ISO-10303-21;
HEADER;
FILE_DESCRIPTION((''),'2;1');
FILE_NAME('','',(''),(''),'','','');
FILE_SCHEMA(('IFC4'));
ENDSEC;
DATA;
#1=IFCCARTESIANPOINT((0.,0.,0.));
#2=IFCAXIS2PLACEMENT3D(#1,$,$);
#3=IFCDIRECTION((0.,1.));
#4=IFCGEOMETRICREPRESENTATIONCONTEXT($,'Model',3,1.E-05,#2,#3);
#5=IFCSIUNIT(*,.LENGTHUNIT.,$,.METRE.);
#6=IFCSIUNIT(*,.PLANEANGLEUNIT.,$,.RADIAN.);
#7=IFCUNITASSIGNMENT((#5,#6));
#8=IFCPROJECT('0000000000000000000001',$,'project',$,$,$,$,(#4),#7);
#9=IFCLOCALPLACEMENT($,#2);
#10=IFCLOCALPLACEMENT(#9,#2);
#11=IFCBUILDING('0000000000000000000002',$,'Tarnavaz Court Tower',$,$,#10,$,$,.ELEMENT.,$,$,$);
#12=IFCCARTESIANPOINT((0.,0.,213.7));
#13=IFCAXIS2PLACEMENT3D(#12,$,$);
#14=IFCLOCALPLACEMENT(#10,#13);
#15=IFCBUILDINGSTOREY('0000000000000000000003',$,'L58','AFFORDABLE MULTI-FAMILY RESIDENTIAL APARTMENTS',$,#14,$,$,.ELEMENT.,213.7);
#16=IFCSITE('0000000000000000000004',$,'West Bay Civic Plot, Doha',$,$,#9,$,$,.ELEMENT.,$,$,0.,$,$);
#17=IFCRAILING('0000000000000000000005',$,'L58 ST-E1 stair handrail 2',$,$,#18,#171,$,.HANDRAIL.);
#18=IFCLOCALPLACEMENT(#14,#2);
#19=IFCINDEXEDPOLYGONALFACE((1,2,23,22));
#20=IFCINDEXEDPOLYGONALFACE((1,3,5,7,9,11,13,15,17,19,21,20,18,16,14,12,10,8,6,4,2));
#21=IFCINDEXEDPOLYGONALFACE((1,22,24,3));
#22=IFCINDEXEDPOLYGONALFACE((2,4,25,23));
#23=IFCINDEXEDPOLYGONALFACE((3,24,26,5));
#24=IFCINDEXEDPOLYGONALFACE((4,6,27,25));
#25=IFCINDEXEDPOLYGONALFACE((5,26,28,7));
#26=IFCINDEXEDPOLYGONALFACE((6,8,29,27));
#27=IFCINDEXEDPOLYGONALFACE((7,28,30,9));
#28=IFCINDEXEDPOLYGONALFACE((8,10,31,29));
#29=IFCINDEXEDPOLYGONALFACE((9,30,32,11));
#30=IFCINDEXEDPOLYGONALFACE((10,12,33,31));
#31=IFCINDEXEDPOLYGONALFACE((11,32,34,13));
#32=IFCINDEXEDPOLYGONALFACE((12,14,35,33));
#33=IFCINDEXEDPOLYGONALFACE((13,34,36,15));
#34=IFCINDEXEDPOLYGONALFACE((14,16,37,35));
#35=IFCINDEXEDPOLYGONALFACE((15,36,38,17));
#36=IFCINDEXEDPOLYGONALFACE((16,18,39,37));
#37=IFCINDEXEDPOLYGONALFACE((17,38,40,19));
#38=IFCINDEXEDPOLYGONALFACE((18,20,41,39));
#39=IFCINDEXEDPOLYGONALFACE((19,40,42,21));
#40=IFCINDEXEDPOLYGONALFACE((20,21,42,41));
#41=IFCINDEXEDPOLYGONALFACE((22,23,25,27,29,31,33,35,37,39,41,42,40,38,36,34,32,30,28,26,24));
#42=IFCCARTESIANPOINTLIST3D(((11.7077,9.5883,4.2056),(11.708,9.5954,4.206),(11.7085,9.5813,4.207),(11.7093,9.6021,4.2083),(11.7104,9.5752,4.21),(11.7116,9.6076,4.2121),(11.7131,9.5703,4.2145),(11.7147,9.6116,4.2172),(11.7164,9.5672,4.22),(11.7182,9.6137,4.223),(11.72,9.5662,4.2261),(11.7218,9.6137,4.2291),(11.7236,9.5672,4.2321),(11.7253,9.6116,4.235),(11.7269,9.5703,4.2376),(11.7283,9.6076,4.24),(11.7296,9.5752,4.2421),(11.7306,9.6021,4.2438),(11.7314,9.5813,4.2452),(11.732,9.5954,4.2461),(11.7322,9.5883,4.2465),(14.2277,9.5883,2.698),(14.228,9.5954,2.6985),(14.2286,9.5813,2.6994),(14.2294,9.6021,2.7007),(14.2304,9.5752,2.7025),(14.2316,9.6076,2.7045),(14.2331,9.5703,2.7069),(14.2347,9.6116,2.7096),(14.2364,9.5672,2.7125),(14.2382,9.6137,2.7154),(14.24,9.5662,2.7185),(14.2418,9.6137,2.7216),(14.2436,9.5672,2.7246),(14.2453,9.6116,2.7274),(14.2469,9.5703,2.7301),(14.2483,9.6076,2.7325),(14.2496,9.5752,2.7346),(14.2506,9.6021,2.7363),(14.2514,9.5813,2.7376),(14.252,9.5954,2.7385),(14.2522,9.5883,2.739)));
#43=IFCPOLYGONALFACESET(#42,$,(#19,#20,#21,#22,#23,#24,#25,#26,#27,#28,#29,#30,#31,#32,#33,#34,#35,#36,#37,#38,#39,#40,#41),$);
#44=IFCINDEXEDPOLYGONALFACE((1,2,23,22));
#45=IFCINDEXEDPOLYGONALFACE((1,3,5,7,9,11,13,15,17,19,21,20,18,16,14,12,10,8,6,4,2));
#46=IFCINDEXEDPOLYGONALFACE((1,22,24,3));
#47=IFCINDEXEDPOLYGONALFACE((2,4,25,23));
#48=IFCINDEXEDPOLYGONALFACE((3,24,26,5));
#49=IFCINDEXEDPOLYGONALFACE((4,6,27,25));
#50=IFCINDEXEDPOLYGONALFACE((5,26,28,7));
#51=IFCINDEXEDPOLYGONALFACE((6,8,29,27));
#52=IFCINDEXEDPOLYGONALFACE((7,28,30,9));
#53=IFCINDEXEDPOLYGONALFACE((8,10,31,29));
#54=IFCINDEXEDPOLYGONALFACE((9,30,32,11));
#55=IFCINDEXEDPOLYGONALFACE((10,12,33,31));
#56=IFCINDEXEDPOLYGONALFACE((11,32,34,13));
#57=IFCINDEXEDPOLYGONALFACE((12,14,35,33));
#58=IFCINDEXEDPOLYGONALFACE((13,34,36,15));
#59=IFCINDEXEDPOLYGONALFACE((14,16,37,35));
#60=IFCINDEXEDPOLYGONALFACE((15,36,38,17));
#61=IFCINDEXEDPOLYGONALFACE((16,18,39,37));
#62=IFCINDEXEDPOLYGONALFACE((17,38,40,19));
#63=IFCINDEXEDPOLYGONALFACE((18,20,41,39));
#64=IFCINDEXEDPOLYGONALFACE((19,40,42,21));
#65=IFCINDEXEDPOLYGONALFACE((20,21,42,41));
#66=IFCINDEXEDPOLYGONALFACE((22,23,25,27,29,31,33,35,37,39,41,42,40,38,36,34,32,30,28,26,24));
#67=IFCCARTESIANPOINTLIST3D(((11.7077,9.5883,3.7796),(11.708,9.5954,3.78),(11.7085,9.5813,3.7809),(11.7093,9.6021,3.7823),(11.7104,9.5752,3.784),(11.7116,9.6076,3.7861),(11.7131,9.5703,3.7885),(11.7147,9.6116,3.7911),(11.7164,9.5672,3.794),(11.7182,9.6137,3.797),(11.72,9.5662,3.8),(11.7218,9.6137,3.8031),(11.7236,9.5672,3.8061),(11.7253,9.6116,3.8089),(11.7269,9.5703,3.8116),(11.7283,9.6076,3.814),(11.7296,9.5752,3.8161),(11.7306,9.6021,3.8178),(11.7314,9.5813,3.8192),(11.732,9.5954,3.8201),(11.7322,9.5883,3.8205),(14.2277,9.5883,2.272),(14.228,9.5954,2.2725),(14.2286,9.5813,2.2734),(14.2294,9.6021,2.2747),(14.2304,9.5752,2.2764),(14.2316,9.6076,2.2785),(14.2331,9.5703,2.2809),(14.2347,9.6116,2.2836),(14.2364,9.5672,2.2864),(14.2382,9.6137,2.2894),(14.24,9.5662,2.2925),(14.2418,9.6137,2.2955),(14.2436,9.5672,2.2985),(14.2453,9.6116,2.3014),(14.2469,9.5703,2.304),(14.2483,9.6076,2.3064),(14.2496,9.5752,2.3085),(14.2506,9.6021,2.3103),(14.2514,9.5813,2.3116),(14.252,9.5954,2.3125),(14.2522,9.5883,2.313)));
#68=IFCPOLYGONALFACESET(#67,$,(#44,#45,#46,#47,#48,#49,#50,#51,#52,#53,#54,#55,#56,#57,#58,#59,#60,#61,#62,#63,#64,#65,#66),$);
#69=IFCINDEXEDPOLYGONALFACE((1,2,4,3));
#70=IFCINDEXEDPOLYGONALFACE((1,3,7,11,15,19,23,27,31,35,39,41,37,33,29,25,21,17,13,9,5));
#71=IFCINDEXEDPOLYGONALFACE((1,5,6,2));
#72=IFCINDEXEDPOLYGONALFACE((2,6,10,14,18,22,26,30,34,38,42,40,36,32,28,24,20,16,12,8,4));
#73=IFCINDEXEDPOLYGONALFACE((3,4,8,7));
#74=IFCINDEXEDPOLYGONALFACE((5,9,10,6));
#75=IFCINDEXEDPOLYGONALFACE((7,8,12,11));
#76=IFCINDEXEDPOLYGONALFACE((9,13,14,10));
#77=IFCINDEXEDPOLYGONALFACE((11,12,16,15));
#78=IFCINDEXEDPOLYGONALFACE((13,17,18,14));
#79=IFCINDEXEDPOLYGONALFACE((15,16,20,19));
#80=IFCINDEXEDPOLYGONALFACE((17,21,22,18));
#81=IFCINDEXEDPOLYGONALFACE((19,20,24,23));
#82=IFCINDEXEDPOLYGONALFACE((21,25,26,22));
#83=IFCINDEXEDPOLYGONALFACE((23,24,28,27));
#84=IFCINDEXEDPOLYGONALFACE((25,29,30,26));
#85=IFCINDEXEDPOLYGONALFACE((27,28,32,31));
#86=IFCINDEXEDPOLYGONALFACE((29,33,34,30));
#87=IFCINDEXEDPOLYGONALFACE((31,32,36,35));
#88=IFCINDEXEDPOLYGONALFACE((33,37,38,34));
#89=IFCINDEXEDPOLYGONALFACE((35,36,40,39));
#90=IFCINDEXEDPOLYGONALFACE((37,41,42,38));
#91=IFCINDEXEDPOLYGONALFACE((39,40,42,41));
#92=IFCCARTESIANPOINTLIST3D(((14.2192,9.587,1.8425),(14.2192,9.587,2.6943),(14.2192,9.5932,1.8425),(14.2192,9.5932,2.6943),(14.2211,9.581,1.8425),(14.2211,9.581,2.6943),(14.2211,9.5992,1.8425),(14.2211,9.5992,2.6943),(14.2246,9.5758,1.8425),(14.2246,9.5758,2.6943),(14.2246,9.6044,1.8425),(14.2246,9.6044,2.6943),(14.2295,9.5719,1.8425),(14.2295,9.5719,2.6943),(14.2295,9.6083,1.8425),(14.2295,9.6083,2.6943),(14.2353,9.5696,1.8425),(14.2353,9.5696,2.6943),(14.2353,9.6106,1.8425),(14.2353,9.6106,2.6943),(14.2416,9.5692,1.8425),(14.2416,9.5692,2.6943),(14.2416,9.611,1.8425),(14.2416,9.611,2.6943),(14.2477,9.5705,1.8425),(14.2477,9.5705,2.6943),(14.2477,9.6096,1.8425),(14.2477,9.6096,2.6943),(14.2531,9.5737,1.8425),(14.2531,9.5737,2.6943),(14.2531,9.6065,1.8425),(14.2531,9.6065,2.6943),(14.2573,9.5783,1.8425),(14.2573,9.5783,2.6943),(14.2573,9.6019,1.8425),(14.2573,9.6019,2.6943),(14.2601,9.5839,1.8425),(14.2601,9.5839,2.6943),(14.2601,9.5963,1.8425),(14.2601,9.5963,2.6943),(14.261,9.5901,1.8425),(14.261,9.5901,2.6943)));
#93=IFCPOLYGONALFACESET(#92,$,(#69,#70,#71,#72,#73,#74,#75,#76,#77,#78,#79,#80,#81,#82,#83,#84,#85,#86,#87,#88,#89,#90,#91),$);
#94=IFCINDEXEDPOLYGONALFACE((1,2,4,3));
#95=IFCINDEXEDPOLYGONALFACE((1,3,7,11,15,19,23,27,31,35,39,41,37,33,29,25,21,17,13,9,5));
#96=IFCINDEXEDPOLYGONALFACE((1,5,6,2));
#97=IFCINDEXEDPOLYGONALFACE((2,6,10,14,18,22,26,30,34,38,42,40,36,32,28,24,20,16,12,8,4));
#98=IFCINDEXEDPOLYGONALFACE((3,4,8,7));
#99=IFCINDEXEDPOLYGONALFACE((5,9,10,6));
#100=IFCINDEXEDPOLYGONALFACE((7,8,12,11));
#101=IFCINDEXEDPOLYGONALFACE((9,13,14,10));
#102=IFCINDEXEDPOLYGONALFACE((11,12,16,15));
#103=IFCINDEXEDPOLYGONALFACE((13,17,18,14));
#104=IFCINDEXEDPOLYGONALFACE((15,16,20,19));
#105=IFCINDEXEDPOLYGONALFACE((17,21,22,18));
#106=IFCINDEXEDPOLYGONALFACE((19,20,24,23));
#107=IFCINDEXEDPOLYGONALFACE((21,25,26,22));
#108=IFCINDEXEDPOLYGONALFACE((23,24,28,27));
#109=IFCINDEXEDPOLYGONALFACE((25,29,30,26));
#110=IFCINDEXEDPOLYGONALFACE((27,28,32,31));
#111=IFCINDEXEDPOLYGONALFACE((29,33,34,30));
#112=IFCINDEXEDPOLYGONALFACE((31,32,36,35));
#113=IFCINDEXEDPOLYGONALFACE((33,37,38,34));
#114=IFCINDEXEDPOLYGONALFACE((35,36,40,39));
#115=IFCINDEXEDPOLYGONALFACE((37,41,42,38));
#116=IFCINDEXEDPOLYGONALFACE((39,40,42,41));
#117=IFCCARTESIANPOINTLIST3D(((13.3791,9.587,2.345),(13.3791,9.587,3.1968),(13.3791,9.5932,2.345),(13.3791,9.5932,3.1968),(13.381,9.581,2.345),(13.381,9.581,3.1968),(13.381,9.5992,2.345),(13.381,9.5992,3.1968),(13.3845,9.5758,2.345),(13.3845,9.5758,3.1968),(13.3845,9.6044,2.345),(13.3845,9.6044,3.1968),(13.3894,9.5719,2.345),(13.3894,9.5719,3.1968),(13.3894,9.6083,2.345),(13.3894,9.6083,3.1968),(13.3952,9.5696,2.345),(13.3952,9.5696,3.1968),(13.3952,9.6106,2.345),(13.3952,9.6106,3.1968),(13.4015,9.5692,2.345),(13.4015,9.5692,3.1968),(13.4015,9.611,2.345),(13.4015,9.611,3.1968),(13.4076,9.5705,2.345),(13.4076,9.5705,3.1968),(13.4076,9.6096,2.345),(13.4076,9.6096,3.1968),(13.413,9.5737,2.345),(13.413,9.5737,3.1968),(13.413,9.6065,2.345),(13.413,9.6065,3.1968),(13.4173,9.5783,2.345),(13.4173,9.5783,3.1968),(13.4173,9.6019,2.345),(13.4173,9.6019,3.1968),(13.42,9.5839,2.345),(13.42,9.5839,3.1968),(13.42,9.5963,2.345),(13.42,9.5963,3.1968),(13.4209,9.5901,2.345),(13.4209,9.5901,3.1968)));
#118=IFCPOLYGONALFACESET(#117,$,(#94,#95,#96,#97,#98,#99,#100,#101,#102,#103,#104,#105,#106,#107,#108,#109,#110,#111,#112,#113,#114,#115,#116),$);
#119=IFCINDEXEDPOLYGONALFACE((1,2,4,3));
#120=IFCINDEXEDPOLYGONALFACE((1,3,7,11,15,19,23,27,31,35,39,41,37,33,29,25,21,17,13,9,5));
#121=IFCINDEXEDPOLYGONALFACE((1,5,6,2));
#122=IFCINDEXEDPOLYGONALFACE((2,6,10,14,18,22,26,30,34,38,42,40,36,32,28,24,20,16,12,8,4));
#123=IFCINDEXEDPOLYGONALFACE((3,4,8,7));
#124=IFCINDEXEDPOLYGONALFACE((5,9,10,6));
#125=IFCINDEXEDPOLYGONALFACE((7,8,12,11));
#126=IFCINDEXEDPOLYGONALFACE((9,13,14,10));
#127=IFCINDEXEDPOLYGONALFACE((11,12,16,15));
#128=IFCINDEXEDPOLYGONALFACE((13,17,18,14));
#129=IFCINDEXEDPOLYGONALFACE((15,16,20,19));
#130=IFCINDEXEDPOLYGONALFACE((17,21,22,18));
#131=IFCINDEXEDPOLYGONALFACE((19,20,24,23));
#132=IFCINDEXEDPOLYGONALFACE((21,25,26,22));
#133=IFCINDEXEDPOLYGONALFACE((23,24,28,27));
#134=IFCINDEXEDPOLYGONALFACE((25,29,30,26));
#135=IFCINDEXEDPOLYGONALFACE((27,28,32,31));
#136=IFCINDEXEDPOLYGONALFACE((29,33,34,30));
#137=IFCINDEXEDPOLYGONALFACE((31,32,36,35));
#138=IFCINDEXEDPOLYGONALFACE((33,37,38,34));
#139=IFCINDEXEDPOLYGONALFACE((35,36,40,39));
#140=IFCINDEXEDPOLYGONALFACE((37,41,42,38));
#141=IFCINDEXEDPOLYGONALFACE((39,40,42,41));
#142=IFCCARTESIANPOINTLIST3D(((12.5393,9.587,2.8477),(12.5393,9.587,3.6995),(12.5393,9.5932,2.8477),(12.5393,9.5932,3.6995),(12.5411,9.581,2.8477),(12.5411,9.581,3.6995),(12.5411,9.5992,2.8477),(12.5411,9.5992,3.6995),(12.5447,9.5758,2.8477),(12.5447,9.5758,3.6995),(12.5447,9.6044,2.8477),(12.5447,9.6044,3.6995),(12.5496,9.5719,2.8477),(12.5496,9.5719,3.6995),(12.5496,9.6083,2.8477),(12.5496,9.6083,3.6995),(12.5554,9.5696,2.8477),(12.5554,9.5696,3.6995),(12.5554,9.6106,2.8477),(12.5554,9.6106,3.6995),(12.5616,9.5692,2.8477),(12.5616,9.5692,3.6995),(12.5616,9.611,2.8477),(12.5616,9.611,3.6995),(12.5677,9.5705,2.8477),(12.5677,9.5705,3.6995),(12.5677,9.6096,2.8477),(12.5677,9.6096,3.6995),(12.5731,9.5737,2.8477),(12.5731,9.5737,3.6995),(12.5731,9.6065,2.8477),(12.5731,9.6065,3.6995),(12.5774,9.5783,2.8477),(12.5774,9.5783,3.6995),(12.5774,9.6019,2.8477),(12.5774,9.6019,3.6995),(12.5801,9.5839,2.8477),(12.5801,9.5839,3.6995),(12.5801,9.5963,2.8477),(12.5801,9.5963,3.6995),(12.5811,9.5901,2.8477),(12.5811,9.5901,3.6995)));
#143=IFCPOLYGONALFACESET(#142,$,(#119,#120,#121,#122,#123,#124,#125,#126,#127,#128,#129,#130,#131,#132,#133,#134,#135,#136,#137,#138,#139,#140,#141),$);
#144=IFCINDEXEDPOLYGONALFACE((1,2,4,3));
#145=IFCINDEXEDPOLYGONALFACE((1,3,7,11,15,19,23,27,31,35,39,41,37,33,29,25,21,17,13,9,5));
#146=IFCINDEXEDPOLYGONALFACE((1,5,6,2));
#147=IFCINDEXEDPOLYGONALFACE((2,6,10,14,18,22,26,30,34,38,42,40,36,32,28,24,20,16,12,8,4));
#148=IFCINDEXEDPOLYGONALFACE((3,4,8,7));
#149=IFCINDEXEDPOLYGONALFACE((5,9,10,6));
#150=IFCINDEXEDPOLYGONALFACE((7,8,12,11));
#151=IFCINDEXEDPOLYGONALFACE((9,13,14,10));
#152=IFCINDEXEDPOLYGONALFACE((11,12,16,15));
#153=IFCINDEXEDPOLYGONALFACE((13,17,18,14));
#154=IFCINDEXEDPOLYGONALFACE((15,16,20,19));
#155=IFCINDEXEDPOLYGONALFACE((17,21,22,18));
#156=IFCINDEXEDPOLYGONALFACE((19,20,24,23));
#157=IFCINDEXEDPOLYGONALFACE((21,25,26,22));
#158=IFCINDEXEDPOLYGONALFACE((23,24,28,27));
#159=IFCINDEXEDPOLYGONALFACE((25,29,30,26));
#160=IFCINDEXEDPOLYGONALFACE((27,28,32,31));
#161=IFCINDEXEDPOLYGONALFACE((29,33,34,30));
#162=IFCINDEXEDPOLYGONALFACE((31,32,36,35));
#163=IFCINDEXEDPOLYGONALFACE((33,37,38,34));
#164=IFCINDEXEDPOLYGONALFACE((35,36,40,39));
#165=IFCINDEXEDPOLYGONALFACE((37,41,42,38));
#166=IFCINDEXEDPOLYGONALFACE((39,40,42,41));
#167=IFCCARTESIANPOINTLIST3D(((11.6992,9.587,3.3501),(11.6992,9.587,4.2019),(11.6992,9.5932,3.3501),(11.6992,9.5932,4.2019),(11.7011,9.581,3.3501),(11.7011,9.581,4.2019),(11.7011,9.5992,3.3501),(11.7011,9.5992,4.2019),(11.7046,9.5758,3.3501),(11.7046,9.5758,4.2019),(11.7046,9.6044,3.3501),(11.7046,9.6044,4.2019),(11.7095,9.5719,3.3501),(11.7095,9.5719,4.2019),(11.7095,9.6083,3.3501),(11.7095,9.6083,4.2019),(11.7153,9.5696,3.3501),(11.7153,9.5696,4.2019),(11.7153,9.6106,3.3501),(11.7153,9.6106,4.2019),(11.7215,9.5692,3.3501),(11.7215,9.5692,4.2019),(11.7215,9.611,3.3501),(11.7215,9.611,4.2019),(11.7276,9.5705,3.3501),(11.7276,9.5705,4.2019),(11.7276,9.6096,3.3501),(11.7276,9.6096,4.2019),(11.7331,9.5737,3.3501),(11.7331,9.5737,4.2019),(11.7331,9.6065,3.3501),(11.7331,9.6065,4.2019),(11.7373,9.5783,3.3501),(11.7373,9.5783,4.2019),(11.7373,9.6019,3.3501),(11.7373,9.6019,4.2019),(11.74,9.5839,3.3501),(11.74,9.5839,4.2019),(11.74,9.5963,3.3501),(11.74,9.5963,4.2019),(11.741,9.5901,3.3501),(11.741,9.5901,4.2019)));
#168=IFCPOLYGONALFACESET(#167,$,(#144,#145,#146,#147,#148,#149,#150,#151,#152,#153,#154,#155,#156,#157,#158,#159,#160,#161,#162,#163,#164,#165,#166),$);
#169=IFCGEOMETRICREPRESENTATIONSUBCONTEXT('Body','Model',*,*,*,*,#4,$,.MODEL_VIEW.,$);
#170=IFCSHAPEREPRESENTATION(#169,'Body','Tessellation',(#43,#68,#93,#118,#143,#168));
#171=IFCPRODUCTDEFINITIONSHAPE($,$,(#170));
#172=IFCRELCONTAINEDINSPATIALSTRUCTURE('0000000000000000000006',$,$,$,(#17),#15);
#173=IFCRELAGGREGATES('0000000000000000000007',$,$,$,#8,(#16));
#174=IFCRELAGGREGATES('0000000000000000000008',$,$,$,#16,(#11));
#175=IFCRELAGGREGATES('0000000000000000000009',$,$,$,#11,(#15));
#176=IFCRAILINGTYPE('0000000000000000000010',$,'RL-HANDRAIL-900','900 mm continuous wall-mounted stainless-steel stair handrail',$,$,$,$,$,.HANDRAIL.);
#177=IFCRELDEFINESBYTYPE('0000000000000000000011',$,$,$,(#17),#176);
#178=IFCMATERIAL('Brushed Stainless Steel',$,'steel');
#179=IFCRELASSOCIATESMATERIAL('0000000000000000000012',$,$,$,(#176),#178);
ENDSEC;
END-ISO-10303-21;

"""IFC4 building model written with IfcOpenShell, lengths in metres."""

from ifc_helpers import new_model, si_unit, direction, frame, origin, origin_2d, place, context, subcontext, project, spatial, circle, extrude, material, type_object, element, save


model = new_model("IFC4")

# Units and contexts
model_context = context("Model", 3, precision=1e-05, world=origin(), true_north=direction((0.0, 1.0)))
body_context = subcontext(model_context, "Body", "Model", "MODEL_VIEW")
ifc_project = project(units=[si_unit("LENGTHUNIT", "METRE"), si_unit("PLANEANGLEUNIT", "RADIAN")], contexts=[model_context])

# Site, building, storey
site_placement = place(None, origin())
site = spatial("IfcSite", under=ifc_project, at=site_placement, Name="West Bay Civic Plot, Doha", CompositionType="ELEMENT", RefElevation=0.0)
building_placement = place(site_placement, origin())
building = spatial("IfcBuilding", under=site, at=building_placement, Name="Tarnavaz Court Tower", CompositionType="ELEMENT")
storey_placement = place(building_placement, frame((0.0, 0.0, 213.7)))
storey = spatial("IfcBuildingStorey", under=building, at=storey_placement, Name="L58", Description="AFFORDABLE MULTI-FAMILY RESIDENTIAL APARTMENTS", CompositionType="ELEMENT", Elevation=213.7)

# Railing
ifc_material_1 = material(Name="Brushed Stainless Steel", Category="steel")
railing_type_1 = type_object("IfcRailingType", Name="RL-HANDRAIL-900", Description="900 mm continuous wall-mounted stainless-steel stair handrail", PredefinedType="HANDRAIL", material=ifc_material_1)
railing_1_placement = place(storey_placement, frame((14.24, 9.5901, 1.8425)))
element("IfcRailing", 1, at=railing_1_placement, inside=storey, type_object=railing_type_1, Name="L58 ST-E1 stair handrail 2", PredefinedType="HANDRAIL", context=body_context, shape_type="SweptSolid", body=[
    extrude(circle(Radius=0.0239, at=origin_2d()), frame((0.0, 0.0, 0.876), z_axis=(-0.85816, 0.0, 0.513383), x_axis=(0.0, -1.0, 0.0)), (0.0, 0.0, 1.0), 2.9365),
    extrude(circle(Radius=0.0239, at=origin_2d()), frame((0.0, 0.0, 0.45), z_axis=(-0.85816, 0.0, 0.513383), x_axis=(0.0, -1.0, 0.0)), (0.0, 0.0, 1.0), 2.9365),
    extrude(circle(Radius=0.021, at=origin_2d()), origin(), (0.0, 0.0, 1.0), 0.8518),
    extrude(circle(Radius=0.021, at=origin_2d()), frame((-0.8401, 0.0, 0.5024)), (0.0, 0.0, 1.0), 0.8518),
    extrude(circle(Radius=0.021, at=origin_2d()), frame((-1.6799, 0.0, 1.0051)), (0.0, 0.0, 1.0), 0.8518),
    extrude(circle(Radius=0.021, at=origin_2d()), frame((-2.52, 0.0, 1.5076)), (0.0, 0.0, 1.0), 0.8518),
])

save(model, "model.ifc")
